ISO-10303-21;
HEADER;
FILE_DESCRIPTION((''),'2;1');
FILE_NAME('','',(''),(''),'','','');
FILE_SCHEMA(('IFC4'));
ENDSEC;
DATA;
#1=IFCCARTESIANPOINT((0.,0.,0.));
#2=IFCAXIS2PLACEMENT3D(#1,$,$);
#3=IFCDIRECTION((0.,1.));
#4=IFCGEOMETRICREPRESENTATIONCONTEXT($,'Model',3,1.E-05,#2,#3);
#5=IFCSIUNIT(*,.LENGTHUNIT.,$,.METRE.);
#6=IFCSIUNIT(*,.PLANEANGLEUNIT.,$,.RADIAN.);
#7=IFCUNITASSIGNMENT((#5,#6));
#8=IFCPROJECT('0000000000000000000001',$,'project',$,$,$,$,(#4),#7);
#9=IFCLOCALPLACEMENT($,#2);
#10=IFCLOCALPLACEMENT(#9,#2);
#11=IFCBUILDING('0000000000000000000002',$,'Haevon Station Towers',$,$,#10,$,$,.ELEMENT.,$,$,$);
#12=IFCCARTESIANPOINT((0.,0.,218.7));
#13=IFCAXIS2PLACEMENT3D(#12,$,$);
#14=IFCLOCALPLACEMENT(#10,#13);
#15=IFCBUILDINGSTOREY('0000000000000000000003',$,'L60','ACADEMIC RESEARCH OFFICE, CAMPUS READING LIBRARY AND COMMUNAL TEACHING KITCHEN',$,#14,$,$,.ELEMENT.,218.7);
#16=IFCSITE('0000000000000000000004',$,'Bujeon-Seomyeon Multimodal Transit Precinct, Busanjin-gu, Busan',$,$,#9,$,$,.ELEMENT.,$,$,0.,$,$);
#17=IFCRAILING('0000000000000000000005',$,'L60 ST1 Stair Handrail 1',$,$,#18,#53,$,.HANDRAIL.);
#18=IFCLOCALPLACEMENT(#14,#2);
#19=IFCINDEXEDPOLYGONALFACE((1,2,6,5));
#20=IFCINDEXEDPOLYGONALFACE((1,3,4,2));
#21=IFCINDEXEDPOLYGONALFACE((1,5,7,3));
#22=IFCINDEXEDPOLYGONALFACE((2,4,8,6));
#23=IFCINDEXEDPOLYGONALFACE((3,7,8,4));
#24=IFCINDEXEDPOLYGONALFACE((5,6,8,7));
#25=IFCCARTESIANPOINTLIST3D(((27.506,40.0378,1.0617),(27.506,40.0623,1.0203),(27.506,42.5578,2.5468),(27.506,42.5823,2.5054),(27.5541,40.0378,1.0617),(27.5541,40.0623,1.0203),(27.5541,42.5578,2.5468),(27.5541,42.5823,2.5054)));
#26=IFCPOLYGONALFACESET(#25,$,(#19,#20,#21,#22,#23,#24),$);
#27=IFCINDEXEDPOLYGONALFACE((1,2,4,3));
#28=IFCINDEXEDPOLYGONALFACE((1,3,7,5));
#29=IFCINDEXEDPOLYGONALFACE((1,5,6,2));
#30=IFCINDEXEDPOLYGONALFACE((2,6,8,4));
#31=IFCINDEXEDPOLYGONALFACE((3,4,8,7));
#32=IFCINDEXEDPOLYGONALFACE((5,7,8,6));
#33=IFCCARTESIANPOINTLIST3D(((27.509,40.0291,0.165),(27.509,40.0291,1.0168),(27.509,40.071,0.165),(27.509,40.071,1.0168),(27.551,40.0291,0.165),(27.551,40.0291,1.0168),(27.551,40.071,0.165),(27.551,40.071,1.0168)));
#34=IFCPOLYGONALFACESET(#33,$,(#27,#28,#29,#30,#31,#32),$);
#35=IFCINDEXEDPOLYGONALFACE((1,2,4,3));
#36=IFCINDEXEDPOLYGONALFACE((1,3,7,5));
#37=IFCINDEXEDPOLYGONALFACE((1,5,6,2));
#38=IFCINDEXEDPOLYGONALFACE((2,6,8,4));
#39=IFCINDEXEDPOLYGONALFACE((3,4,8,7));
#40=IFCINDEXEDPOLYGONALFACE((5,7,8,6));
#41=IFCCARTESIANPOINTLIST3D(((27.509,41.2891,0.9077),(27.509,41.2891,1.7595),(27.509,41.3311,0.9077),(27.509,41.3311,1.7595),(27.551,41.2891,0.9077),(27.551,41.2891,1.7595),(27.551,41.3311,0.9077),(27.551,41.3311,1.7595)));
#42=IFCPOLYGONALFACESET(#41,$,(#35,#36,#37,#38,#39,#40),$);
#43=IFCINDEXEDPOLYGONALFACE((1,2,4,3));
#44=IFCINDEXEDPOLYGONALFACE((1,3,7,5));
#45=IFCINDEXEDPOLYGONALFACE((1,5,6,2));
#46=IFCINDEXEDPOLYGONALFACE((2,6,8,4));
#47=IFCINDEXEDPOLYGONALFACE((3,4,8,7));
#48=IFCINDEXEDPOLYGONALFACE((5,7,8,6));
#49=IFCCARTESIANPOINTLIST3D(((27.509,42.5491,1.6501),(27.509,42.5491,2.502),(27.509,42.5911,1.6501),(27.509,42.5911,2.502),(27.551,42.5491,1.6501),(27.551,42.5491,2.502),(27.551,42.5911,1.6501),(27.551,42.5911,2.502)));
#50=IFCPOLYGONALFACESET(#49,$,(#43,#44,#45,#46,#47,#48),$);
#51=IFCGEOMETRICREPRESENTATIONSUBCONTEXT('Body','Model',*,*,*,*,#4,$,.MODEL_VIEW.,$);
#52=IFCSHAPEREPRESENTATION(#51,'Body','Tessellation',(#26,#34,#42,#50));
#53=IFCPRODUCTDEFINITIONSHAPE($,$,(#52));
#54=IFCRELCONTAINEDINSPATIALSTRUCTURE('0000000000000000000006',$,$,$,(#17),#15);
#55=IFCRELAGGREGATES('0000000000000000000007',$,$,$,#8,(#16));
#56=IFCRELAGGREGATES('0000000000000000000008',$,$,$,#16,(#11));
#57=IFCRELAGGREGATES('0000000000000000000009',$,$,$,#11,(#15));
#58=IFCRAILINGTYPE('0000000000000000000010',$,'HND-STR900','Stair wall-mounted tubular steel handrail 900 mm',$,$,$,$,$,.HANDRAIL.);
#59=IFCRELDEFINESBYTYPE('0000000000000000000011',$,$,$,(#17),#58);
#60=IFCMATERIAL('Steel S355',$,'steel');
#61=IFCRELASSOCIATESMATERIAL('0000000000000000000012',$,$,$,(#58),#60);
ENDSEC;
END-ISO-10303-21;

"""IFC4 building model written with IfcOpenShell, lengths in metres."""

from ifc_helpers import new_model, si_unit, direction, frame, origin, origin_2d, place, context, subcontext, project, spatial, rectangle, extrude, material, type_object, element, save


model = new_model("IFC4")

# Units and contexts
model_context = context("Model", 3, precision=1e-05, world=origin(), true_north=direction((0.0, 1.0)))
body_context = subcontext(model_context, "Body", "Model", "MODEL_VIEW")
ifc_project = project(units=[si_unit("LENGTHUNIT", "METRE"), si_unit("PLANEANGLEUNIT", "RADIAN")], contexts=[model_context])

# Site, building, storey
site_placement = place(None, origin())
site = spatial("IfcSite", under=ifc_project, at=site_placement, Name="Bujeon-Seomyeon Multimodal Transit Precinct, Busanjin-gu, Busan", CompositionType="ELEMENT", RefElevation=0.0)
building_placement = place(site_placement, origin())
building = spatial("IfcBuilding", under=site, at=building_placement, Name="Haevon Station Towers", CompositionType="ELEMENT")
storey_placement = place(building_placement, frame((0.0, 0.0, 218.7)))
storey = spatial("IfcBuildingStorey", under=building, at=storey_placement, Name="L60", Description="ACADEMIC RESEARCH OFFICE, CAMPUS READING LIBRARY AND COMMUNAL TEACHING KITCHEN", CompositionType="ELEMENT", Elevation=218.7)

# Shared definitions
ifc_material_1 = material(Name="Steel S355", Category="steel")

# Railing
railing_type_1 = type_object("IfcRailingType", Name="HND-STR900", Description="Stair wall-mounted tubular steel handrail 900 mm", PredefinedType="HANDRAIL", material=ifc_material_1)
railing_1_placement = place(storey_placement, frame((27.53, 40.05, 0.165)))
element("IfcRailing", 1, at=railing_1_placement, inside=storey, type_object=railing_type_1, Name="L60 ST1 Stair Handrail 1", PredefinedType="HANDRAIL", context=body_context, shape_type="SweptSolid", body=[
    extrude(rectangle(XDim=0.0481, YDim=0.0481, at=origin_2d()), frame((0.0, 0.0, 0.876), z_axis=(0.0, 0.861524, 0.507717), x_axis=(-1.0, 0.0, 0.0)), (0.0, 0.0, 1.0), 2.925),
    extrude(rectangle(XDim=0.042, YDim=0.042, at=origin_2d()), origin(), (0.0, 0.0, 1.0), 0.8518),
    extrude(rectangle(XDim=0.042, YDim=0.042, at=origin_2d()), frame((0.0, 1.26, 0.7427)), (0.0, 0.0, 1.0), 0.8518),
    extrude(rectangle(XDim=0.042, YDim=0.042, at=origin_2d()), frame((0.0, 2.52, 1.4851)), (0.0, 0.0, 1.0), 0.8518),
])

save(model, "model.ifc")
